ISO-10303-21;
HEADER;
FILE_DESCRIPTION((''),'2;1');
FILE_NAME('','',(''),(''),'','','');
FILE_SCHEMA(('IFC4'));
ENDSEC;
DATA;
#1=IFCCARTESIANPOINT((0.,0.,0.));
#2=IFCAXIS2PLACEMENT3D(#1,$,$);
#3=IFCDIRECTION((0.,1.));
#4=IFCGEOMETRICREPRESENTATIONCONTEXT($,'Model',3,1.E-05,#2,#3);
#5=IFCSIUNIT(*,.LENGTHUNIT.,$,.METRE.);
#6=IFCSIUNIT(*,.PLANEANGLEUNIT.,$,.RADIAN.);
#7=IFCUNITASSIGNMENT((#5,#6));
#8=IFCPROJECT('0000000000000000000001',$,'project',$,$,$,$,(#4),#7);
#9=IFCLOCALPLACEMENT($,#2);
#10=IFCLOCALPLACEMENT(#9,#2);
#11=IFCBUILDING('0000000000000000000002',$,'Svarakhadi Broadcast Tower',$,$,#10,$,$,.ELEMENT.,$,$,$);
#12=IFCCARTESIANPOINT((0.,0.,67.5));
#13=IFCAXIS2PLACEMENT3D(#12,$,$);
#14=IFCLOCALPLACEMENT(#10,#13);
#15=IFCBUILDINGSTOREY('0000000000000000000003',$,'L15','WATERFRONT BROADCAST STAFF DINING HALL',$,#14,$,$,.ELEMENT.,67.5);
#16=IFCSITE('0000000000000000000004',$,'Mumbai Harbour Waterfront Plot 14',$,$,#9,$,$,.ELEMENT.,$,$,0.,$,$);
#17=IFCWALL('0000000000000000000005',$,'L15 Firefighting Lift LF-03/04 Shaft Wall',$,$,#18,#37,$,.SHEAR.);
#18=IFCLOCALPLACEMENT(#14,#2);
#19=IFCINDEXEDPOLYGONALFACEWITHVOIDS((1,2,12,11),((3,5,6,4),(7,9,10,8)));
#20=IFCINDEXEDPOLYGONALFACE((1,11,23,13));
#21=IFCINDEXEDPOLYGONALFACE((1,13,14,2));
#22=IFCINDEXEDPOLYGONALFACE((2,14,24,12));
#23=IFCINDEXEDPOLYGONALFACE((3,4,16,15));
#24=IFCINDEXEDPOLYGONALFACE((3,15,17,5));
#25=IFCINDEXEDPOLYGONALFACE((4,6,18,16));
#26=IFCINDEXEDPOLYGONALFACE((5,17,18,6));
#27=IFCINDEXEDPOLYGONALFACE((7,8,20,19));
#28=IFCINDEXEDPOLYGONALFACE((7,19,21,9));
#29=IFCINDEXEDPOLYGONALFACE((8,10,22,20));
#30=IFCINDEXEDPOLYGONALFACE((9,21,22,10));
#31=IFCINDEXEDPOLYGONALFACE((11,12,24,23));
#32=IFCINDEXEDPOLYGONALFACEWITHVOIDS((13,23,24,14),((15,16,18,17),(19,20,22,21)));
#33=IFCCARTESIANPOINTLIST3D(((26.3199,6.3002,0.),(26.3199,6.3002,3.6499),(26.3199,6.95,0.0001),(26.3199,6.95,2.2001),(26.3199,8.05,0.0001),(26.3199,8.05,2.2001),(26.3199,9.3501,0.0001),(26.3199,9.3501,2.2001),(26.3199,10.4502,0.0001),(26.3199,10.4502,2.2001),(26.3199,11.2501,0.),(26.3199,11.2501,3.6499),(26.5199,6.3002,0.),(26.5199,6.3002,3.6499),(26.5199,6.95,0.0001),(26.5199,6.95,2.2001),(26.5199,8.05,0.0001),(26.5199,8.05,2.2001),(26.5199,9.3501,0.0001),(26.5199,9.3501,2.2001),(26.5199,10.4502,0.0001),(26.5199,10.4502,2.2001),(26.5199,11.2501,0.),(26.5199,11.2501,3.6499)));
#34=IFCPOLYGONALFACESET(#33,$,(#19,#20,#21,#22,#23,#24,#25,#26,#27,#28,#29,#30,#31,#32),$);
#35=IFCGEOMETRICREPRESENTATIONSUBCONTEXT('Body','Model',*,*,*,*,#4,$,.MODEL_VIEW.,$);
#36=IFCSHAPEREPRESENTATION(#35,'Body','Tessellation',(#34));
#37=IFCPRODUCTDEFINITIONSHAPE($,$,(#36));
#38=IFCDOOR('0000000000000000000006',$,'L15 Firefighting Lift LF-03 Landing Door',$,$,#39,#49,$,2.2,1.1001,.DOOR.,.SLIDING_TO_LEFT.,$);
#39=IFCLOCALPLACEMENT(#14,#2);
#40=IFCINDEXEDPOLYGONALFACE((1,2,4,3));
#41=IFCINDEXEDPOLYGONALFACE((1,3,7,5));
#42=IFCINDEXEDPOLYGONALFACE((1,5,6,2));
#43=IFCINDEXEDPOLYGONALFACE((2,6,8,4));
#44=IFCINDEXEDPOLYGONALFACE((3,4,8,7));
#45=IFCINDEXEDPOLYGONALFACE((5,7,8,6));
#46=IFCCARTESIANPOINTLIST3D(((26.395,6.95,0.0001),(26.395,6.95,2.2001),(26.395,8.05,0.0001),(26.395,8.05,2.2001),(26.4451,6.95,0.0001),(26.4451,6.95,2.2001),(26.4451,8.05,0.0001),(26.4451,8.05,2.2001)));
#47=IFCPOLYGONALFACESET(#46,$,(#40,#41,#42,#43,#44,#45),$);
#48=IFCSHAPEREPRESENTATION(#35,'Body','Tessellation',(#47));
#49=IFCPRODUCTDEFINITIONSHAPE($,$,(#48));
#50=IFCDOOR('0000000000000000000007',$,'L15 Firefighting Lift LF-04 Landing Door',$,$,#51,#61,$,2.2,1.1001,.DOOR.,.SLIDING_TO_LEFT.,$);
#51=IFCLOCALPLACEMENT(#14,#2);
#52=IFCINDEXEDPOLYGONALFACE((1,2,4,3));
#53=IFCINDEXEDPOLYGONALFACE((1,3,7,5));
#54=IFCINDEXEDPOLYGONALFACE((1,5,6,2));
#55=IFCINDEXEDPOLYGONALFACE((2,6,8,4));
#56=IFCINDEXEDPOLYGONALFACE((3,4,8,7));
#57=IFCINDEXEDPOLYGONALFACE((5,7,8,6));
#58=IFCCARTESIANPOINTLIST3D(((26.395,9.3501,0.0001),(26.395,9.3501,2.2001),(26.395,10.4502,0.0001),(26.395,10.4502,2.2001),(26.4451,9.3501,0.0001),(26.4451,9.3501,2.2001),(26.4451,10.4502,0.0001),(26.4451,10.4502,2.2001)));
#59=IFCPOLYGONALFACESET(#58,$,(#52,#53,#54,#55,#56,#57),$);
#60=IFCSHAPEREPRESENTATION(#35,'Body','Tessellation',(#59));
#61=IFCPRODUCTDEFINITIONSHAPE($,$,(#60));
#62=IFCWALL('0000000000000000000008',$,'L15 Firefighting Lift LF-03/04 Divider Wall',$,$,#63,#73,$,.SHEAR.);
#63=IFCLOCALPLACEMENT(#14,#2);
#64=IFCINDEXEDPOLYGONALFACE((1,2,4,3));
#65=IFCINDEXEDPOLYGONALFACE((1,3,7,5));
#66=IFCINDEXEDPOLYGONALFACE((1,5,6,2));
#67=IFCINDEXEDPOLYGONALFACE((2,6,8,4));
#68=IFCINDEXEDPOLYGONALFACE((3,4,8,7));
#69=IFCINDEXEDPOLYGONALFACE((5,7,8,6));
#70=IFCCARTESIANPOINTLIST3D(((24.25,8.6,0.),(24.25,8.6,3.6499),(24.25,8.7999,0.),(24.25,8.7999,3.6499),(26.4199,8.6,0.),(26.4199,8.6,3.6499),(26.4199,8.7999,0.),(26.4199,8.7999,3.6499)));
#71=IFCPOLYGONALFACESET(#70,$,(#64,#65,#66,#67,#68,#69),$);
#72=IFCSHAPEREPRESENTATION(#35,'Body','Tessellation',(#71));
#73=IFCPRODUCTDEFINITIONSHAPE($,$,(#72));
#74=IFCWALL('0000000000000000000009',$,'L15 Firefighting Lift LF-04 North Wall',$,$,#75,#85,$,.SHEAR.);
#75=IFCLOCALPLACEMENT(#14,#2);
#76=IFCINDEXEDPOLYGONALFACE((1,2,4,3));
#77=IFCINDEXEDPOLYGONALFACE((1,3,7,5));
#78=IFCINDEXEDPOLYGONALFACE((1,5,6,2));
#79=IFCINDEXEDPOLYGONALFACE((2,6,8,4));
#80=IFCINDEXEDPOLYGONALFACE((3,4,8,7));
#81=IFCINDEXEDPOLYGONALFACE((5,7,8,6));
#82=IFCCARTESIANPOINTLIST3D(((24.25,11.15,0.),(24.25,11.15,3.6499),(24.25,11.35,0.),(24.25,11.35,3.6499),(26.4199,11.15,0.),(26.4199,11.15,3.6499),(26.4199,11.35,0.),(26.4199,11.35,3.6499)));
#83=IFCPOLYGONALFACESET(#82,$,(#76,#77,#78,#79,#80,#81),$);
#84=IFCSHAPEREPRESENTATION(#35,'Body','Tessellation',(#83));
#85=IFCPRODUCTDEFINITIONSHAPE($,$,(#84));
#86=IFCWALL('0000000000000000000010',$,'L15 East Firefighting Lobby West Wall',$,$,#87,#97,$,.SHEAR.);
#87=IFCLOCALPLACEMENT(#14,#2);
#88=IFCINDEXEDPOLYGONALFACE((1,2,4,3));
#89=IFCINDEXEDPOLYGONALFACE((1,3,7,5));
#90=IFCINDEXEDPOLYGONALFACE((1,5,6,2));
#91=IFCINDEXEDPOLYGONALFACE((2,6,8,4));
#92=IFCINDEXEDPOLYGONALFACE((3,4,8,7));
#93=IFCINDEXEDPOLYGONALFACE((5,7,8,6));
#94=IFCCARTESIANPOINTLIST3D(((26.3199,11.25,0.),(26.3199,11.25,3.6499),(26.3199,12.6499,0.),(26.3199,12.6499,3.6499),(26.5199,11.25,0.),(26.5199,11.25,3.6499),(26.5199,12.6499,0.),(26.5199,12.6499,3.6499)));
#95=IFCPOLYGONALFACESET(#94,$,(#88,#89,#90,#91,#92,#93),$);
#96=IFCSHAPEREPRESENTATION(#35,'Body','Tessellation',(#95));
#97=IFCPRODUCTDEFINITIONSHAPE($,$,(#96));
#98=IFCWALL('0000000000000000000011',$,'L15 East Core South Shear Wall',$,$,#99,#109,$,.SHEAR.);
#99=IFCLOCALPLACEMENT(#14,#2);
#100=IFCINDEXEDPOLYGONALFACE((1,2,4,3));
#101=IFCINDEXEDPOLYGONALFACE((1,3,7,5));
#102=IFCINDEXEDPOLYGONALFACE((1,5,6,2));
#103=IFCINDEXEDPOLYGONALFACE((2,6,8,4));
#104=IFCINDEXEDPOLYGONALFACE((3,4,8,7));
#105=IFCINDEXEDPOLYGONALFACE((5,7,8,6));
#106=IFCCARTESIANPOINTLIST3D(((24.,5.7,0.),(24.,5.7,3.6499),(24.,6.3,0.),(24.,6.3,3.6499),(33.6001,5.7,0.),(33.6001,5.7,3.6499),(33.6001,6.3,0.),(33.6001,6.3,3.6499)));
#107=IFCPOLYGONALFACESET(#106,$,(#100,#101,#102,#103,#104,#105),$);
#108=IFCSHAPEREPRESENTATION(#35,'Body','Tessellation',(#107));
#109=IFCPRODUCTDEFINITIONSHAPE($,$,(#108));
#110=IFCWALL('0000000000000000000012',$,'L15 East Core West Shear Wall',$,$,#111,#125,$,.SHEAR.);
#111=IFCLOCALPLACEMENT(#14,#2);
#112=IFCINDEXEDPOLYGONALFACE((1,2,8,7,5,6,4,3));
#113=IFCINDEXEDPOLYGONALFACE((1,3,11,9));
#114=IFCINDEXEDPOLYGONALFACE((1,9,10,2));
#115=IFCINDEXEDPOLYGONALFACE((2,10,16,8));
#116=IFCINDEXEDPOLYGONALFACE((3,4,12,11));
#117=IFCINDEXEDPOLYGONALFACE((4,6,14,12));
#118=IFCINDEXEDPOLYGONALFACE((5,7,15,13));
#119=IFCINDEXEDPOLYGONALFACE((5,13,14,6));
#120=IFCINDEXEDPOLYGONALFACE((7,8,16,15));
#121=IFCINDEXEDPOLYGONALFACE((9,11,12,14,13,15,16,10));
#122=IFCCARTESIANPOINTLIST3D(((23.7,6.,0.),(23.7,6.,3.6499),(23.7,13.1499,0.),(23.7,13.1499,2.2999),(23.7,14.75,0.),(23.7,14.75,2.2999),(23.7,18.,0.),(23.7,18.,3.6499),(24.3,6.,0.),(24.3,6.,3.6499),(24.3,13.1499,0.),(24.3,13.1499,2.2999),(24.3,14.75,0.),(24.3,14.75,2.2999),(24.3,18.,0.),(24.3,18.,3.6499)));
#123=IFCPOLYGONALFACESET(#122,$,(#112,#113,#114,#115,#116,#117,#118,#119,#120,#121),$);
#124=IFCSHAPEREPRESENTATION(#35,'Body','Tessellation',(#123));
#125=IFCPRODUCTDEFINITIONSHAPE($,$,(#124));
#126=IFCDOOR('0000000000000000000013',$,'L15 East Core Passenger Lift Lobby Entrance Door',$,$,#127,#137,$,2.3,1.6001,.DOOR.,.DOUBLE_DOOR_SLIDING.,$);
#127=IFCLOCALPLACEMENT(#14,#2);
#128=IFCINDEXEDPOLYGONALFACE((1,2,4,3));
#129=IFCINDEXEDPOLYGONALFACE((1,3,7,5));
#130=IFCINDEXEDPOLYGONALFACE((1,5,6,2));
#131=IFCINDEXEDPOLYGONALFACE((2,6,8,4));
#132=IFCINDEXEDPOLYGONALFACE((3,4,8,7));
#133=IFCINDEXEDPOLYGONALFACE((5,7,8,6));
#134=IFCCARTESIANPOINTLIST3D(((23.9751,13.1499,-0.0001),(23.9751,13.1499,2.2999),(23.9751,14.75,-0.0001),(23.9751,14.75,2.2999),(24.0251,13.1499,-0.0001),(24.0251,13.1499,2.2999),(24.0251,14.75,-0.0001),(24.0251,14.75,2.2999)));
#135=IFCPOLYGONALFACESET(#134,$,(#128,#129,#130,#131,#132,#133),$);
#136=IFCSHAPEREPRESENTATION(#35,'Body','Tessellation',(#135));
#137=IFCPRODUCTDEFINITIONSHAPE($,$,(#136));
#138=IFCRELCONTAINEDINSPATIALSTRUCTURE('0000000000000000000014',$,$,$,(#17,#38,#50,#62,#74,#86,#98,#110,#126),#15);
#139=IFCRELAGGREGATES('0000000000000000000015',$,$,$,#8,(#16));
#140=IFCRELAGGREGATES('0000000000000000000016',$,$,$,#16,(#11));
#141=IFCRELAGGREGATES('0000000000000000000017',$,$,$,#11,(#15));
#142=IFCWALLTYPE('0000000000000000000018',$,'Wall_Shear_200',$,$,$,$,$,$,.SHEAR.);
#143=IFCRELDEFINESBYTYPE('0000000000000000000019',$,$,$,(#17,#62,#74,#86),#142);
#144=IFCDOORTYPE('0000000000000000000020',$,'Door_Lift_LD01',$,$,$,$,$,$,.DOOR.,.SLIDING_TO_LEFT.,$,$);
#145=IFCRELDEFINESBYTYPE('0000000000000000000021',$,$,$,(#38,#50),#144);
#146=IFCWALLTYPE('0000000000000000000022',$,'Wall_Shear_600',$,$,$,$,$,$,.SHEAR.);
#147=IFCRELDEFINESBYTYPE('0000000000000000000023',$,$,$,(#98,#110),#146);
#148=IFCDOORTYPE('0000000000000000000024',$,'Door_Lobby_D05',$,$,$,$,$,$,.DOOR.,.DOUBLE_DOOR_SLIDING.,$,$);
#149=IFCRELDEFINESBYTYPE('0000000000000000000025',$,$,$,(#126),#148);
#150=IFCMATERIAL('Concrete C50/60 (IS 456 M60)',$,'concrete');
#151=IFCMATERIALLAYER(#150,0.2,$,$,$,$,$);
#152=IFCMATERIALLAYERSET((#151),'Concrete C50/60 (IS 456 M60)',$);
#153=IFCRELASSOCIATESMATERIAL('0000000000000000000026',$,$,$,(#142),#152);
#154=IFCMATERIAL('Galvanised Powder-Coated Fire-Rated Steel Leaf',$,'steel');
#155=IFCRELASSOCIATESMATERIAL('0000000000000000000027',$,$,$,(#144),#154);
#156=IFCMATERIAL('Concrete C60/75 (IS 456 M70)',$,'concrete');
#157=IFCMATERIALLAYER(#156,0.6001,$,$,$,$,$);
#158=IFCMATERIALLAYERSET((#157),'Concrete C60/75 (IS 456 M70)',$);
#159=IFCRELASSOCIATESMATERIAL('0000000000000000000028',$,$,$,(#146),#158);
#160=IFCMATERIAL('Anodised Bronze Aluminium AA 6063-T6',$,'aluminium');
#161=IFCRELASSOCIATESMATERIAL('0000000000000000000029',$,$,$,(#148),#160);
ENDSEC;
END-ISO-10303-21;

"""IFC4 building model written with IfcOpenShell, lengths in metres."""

from ifc_helpers import new_model, si_unit, direction, frame, frame_2d, origin, place, context, subcontext, project, spatial, rectangle, extrude, material, layer, layer_set, type_object, element, fill, save


model = new_model("IFC4")

# Units and contexts
model_context = context("Model", 3, precision=1e-05, world=origin(), true_north=direction((0.0, 1.0)))
body_context = subcontext(model_context, "Body", "Model", "MODEL_VIEW")
ifc_project = project(units=[si_unit("LENGTHUNIT", "METRE"), si_unit("PLANEANGLEUNIT", "RADIAN")], contexts=[model_context])

# Site, building, storey
site_placement = place(None, origin())
site = spatial("IfcSite", under=ifc_project, at=site_placement, Name="Mumbai Harbour Waterfront Plot 14", CompositionType="ELEMENT", RefElevation=0.0)
building_placement = place(site_placement, origin())
building = spatial("IfcBuilding", under=site, at=building_placement, Name="Svarakhadi Broadcast Tower", CompositionType="ELEMENT")
storey_placement = place(building_placement, frame((0.0, 0.0, 67.5)))
storey = spatial("IfcBuildingStorey", under=building, at=storey_placement, Name="L15", Description="WATERFRONT BROADCAST STAFF DINING HALL", CompositionType="ELEMENT", Elevation=67.5)

# Shared definitions
ifc_material_1 = material(Name="Concrete C60/75 (IS 456 M70)", Category="concrete")

# Wall, openings, doors
ifc_material_2 = material(Name="Concrete C50/60 (IS 456 M60)", Category="concrete")
ifc_layer_1 = layer(ifc_material_2, 0.2)
ifc_layer_set_1 = layer_set([ifc_layer_1], Name="Concrete C50/60 (IS 456 M60)")
wall_type_1 = type_object("IfcWallType", Name="Wall_Shear_200", PredefinedType="SHEAR", material=ifc_layer_set_1)
wall_1_placement = place(storey_placement, frame((26.4199, 6.3, 0.0), z_axis=(0.0, 0.0, 1.0), x_axis=(0.0, 1.0, 0.0)))
wall_1 = element("IfcWall", 1, at=wall_1_placement, inside=storey, type_object=wall_type_1, Name="L15 Firefighting Lift LF-03/04 Shaft Wall", PredefinedType="SHEAR", context=body_context, shape_type="SweptSolid", body=[
    extrude(rectangle(XDim=4.95, YDim=0.2, at=frame_2d((2.4751, 0.0))), origin(), (0.0, 0.0, 1.0), 3.6499),
])
opening_1_placement = place(wall_1_placement, frame((0.6499, 0.0, 0.0)))
opening_1 = element("IfcOpeningElement", 2, at=opening_1_placement, cuts=wall_1, PredefinedType="OPENING", context=body_context, shape_type="SweptSolid", body=[
    extrude(rectangle(XDim=1.1001, YDim=2.2, at=frame_2d((0.55, 1.1001))), frame((0.0, 0.1099, 0.0), z_axis=(0.0, -1.0, 0.0), x_axis=(1.0, 0.0, 0.0)), (0.0, 0.0, 1.0), 0.22),
])
opening_2_placement = place(wall_1_placement, frame((3.05, 0.0, 0.0)))
opening_2 = element("IfcOpeningElement", 3, at=opening_2_placement, cuts=wall_1, PredefinedType="OPENING", context=body_context, shape_type="SweptSolid", body=[
    extrude(rectangle(XDim=1.1001, YDim=2.2, at=frame_2d((0.55, 1.1001))), frame((0.0, 0.1099, 0.0), z_axis=(0.0, -1.0, 0.0), x_axis=(1.0, 0.0, 0.0)), (0.0, 0.0, 1.0), 0.22),
])
ifc_material_3 = material(Name="Galvanised Powder-Coated Fire-Rated Steel Leaf", Category="steel")
door_type_1 = type_object("IfcDoorType", Name="Door_Lift_LD01", OperationType="SLIDING_TO_LEFT", PredefinedType="DOOR", material=ifc_material_3)
door_1_placement = place(opening_1_placement, origin())
door_1 = element("IfcDoor", 4, at=door_1_placement, inside=storey, type_object=door_type_1, Name="L15 Firefighting Lift LF-03 Landing Door", OperationType="SLIDING_TO_LEFT", OverallHeight=2.2, OverallWidth=1.1001, PredefinedType="DOOR", context=body_context, shape_type="SweptSolid", body=[
    extrude(rectangle(XDim=1.1001, YDim=2.2, at=frame_2d((0.55, 1.1001))), frame((0.0, 0.0249, 0.0), z_axis=(0.0, -1.0, 0.0), x_axis=(1.0, 0.0, 0.0)), (0.0, 0.0, 1.0), 0.05),
])
fill(opening_1, door_1)
door_2_placement = place(opening_2_placement, origin())
door_2 = element("IfcDoor", 5, at=door_2_placement, inside=storey, type_object=door_type_1, Name="L15 Firefighting Lift LF-04 Landing Door", OperationType="SLIDING_TO_LEFT", OverallHeight=2.2, OverallWidth=1.1001, PredefinedType="DOOR", context=body_context, shape_type="SweptSolid", body=[
    extrude(rectangle(XDim=1.1001, YDim=2.2, at=frame_2d((0.55, 1.1001))), frame((0.0, 0.0249, 0.0), z_axis=(0.0, -1.0, 0.0), x_axis=(1.0, 0.0, 0.0)), (0.0, 0.0, 1.0), 0.05),
])
fill(opening_2, door_2)

# Walls
for number, where, z_axis, x_axis, name in (
    (6, (24.25, 8.7, 0.0), (0.0, 0.0, 1.0), (1.0, 0.0, 0.0), "L15 Firefighting Lift LF-03/04 Divider Wall"),
    (7, (24.25, 11.25, 0.0), (0.0, 0.0, 1.0), (1.0, 0.0, 0.0), "L15 Firefighting Lift LF-04 North Wall"),
):
    element("IfcWall", number, at=place(storey_placement, frame(where, z_axis=z_axis, x_axis=x_axis)), inside=storey, type_object=wall_type_1, Name=name, PredefinedType="SHEAR", context=body_context, shape_type="SweptSolid", body=[
        extrude(rectangle(XDim=2.1699, YDim=0.2, at=frame_2d((1.085, 0.0))), origin(), (0.0, 0.0, 1.0), 3.6499),
    ])
wall_2_placement = place(storey_placement, frame((26.4199, 11.25, 0.0), z_axis=(0.0, 0.0, 1.0), x_axis=(0.0, 1.0, 0.0)))
element("IfcWall", 8, at=wall_2_placement, inside=storey, type_object=wall_type_1, Name="L15 East Firefighting Lobby West Wall", PredefinedType="SHEAR", context=body_context, shape_type="SweptSolid", body=[
    extrude(rectangle(XDim=1.3999, YDim=0.2, at=frame_2d((0.7, 0.0))), origin(), (0.0, 0.0, 1.0), 3.6499),
])
ifc_layer_2 = layer(ifc_material_1, 0.6001)
ifc_layer_set_2 = layer_set([ifc_layer_2], Name="Concrete C60/75 (IS 456 M70)")
wall_type_2 = type_object("IfcWallType", Name="Wall_Shear_600", PredefinedType="SHEAR", material=ifc_layer_set_2)
wall_3_placement = place(storey_placement, frame((24.0, 6.0, 0.0), z_axis=(0.0, 0.0, 1.0), x_axis=(1.0, 0.0, 0.0)))
element("IfcWall", 9, at=wall_3_placement, inside=storey, type_object=wall_type_2, Name="L15 East Core South Shear Wall", PredefinedType="SHEAR", context=body_context, shape_type="SweptSolid", body=[
    extrude(rectangle(XDim=9.6001, YDim=0.6001, at=frame_2d((4.8, 0.0))), origin(), (0.0, 0.0, 1.0), 3.6499),
])

# Wall, opening, door
wall_4_placement = place(storey_placement, frame((24.0, 6.0, 0.0), z_axis=(0.0, 0.0, 1.0), x_axis=(0.0, 1.0, 0.0)))
wall_4 = element("IfcWall", 10, at=wall_4_placement, inside=storey, type_object=wall_type_2, Name="L15 East Core West Shear Wall", PredefinedType="SHEAR", context=body_context, shape_type="SweptSolid", body=[
    extrude(rectangle(XDim=12.0, YDim=0.6001, at=frame_2d((6.0, 0.0))), origin(), (0.0, 0.0, 1.0), 3.6499),
])
opening_3_placement = place(wall_4_placement, frame((7.1499, 0.0, 0.0)))
opening_3 = element("IfcOpeningElement", 11, at=opening_3_placement, cuts=wall_4, PredefinedType="OPENING", context=body_context, shape_type="SweptSolid", body=[
    extrude(rectangle(XDim=1.6001, YDim=2.3, at=frame_2d((0.8, 1.1499))), frame((0.0, 0.3101, 0.0), z_axis=(0.0, -1.0, 0.0), x_axis=(1.0, 0.0, 0.0)), (0.0, 0.0, 1.0), 0.6201),
])
ifc_material_4 = material(Name="Anodised Bronze Aluminium AA 6063-T6", Category="aluminium")
door_type_2 = type_object("IfcDoorType", Name="Door_Lobby_D05", OperationType="DOUBLE_DOOR_SLIDING", PredefinedType="DOOR", material=ifc_material_4)
door_3_placement = place(opening_3_placement, origin())
door_3 = element("IfcDoor", 12, at=door_3_placement, inside=storey, type_object=door_type_2, Name="L15 East Core Passenger Lift Lobby Entrance Door", OperationType="DOUBLE_DOOR_SLIDING", OverallHeight=2.3, OverallWidth=1.6001, PredefinedType="DOOR", context=body_context, shape_type="SweptSolid", body=[
    extrude(rectangle(XDim=1.6001, YDim=2.3, at=frame_2d((0.8, 1.1499))), frame((0.0, 0.0249, 0.0), z_axis=(0.0, -1.0, 0.0), x_axis=(1.0, 0.0, 0.0)), (0.0, 0.0, 1.0), 0.05),
])
fill(opening_3, door_3)

save(model, "model.ifc")
